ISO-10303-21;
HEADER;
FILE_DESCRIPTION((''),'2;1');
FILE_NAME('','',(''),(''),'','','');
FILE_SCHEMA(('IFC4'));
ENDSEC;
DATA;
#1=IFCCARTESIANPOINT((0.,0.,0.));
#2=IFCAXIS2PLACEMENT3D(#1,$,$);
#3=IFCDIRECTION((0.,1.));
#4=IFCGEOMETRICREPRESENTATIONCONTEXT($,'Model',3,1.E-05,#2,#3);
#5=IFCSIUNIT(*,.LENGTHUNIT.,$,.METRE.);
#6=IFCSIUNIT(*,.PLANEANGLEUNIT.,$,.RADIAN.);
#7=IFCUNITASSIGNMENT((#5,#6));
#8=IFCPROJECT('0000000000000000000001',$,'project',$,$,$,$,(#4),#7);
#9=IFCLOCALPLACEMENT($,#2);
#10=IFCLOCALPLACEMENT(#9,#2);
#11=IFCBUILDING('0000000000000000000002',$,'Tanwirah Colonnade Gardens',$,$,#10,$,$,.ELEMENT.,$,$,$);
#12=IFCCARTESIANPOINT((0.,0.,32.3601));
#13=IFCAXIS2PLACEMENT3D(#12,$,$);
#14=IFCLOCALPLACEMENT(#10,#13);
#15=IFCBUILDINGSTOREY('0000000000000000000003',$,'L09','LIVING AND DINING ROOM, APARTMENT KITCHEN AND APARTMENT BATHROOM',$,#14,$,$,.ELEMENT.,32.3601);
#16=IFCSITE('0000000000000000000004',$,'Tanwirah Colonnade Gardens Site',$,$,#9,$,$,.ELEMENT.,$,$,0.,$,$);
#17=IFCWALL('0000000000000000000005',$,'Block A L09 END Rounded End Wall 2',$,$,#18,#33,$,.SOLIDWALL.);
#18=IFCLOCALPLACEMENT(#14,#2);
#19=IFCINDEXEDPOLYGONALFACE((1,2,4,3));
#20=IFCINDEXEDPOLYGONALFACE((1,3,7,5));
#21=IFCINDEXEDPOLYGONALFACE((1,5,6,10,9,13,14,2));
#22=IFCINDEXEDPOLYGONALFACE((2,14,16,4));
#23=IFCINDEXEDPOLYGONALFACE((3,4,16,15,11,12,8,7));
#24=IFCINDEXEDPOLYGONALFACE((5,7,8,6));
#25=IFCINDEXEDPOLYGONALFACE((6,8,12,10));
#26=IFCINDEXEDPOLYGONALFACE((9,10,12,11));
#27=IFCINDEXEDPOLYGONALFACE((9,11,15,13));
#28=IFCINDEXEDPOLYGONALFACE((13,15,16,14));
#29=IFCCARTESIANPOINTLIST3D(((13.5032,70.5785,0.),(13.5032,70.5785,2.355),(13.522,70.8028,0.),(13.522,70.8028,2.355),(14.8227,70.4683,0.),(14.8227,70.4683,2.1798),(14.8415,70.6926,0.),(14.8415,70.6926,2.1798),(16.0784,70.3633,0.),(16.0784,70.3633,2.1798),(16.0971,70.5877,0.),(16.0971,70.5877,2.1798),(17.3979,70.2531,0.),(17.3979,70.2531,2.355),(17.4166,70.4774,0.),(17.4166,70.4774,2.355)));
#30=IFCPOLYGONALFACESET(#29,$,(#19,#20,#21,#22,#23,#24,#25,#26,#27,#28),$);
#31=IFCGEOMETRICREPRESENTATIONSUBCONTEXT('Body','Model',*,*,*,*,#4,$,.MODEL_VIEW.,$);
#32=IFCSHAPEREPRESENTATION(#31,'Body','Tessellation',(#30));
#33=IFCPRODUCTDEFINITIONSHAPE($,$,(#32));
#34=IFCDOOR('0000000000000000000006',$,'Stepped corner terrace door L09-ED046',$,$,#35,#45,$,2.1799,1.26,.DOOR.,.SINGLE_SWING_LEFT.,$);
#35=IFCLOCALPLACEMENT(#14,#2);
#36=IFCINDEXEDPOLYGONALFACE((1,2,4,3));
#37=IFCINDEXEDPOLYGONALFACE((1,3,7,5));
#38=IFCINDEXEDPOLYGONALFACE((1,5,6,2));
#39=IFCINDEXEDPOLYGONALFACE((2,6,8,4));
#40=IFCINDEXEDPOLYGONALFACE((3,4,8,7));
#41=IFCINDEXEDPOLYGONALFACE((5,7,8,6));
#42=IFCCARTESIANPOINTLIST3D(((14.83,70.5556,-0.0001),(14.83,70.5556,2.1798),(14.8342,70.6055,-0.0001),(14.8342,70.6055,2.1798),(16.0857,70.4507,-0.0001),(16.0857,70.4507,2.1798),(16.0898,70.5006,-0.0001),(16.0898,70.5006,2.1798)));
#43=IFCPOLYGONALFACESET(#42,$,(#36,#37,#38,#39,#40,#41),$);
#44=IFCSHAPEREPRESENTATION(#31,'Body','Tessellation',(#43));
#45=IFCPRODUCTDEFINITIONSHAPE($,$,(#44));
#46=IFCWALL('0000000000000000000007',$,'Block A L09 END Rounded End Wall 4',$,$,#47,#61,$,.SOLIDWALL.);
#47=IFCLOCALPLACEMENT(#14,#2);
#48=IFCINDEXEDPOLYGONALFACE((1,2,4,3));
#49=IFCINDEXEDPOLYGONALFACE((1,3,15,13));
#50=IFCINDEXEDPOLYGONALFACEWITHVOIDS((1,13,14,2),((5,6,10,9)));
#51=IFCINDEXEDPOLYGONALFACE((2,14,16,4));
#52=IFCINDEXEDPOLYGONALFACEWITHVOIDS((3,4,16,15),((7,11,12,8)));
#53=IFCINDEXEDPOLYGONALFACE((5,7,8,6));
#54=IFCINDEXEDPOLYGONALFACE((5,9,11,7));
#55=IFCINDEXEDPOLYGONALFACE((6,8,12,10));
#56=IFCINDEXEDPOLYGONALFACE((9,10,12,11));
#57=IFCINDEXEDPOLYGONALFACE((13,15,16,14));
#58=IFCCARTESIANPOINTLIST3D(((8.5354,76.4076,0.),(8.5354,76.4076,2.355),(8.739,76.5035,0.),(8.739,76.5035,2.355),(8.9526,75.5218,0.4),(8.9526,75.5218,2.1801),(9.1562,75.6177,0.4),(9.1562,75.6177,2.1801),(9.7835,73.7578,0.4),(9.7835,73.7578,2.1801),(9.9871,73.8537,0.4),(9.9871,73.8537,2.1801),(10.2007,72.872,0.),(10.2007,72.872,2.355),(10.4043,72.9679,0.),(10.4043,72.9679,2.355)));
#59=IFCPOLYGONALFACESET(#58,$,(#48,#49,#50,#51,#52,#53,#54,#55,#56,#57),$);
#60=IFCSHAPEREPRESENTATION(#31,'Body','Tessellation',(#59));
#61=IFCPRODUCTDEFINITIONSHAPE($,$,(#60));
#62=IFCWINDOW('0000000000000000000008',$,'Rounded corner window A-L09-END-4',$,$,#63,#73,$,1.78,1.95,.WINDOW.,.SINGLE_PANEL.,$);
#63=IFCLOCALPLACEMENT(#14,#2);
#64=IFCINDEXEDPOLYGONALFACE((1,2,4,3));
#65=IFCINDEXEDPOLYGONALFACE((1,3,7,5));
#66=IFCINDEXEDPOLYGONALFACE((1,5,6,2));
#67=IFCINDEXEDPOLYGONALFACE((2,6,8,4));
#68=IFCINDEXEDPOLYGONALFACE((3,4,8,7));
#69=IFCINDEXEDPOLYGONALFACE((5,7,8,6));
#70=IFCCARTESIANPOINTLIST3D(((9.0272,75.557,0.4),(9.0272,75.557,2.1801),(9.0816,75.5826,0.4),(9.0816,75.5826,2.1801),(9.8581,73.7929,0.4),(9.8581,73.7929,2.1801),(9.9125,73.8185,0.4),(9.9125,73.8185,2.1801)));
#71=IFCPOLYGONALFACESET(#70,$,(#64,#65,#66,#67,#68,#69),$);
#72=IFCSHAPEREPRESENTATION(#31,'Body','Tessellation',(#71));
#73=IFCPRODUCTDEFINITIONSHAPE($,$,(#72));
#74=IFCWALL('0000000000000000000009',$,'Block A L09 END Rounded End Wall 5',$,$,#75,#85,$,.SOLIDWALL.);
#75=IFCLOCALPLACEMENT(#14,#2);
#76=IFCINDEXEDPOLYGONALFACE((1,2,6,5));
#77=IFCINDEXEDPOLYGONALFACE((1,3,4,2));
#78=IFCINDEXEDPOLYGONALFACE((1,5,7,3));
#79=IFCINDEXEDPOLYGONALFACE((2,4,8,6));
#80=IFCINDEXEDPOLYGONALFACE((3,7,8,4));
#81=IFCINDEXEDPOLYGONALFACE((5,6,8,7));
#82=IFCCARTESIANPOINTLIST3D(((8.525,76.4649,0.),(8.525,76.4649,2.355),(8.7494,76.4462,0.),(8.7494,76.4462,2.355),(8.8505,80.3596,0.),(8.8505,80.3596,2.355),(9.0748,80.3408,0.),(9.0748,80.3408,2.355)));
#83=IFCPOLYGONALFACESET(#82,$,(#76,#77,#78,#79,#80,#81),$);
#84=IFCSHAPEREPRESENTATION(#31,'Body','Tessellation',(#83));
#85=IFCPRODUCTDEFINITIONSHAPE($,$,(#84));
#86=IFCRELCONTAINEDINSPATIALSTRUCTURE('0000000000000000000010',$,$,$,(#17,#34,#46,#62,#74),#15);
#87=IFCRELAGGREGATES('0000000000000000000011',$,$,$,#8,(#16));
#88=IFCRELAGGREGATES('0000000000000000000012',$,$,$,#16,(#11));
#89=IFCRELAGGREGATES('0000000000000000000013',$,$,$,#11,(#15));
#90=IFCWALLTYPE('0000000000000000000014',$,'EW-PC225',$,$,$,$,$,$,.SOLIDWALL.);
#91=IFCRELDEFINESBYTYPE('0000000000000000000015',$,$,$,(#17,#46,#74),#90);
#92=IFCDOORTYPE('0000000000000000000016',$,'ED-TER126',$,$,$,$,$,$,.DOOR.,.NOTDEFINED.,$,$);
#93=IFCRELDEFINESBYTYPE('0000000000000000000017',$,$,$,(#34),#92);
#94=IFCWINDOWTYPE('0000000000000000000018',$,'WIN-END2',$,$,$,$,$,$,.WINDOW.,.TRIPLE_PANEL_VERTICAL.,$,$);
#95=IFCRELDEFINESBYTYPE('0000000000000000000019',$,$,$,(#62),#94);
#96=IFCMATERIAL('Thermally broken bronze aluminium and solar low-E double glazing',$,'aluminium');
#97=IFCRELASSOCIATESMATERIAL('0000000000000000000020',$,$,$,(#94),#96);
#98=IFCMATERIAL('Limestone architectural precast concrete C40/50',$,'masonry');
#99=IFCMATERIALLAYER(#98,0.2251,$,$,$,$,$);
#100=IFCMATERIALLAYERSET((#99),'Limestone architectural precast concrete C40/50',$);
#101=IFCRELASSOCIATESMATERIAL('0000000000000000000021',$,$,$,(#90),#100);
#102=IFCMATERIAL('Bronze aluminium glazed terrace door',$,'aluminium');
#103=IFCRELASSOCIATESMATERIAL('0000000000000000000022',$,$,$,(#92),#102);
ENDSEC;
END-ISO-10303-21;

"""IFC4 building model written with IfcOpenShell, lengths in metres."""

from ifc_helpers import new_model, si_unit, direction, frame, frame_2d, origin, place, context, subcontext, project, spatial, rectangle, extrude, material, layer, layer_set, type_object, element, fill, save


model = new_model("IFC4")

# Units and contexts
model_context = context("Model", 3, precision=1e-05, world=origin(), true_north=direction((0.0, 1.0)))
body_context = subcontext(model_context, "Body", "Model", "MODEL_VIEW")
ifc_project = project(units=[si_unit("LENGTHUNIT", "METRE"), si_unit("PLANEANGLEUNIT", "RADIAN")], contexts=[model_context])

# Site, building, storey
site_placement = place(None, origin())
site = spatial("IfcSite", under=ifc_project, at=site_placement, Name="Tanwirah Colonnade Gardens Site", CompositionType="ELEMENT", RefElevation=0.0)
building_placement = place(site_placement, origin())
building = spatial("IfcBuilding", under=site, at=building_placement, Name="Tanwirah Colonnade Gardens", CompositionType="ELEMENT")
storey_placement = place(building_placement, frame((0.0, 0.0, 32.3601)))
storey = spatial("IfcBuildingStorey", under=building, at=storey_placement, Name="L09", Description="LIVING AND DINING ROOM, APARTMENT KITCHEN AND APARTMENT BATHROOM", CompositionType="ELEMENT", Elevation=32.3601)

# Shared definitions
ifc_material_1 = material(Name="Limestone architectural precast concrete C40/50", Category="masonry")
ifc_material_2 = material(Name="Thermally broken bronze aluminium and solar low-E double glazing", Category="aluminium")
window_type_1 = type_object("IfcWindowType", Name="WIN-END2", PartitioningType="TRIPLE_PANEL_VERTICAL", PredefinedType="WINDOW", material=ifc_material_2)
ifc_layer_1 = layer(ifc_material_1, 0.2251)
ifc_layer_set_1 = layer_set([ifc_layer_1], Name="Limestone architectural precast concrete C40/50")
wall_type_1 = type_object("IfcWallType", Name="EW-PC225", PredefinedType="SOLIDWALL", material=ifc_layer_set_1)

# Wall, opening, door
wall_1_placement = place(storey_placement, frame((17.4072, 70.3652, 0.0), z_axis=(0.0, 0.0, 1.0), x_axis=(-0.996527, 0.083273, 0.0)))
wall_1 = element("IfcWall", 1, at=wall_1_placement, inside=storey, type_object=wall_type_1, Name="Block A L09 END Rounded End Wall 2", PredefinedType="SOLIDWALL", context=body_context, shape_type="SweptSolid", body=[
    extrude(rectangle(XDim=3.9082, YDim=0.2251, at=frame_2d((1.9541, 0.0))), origin(), (0.0, 0.0, 1.0), 2.355),
])
opening_1_placement = place(wall_1_placement, frame((1.3242, 0.0, 0.0)))
opening_1 = element("IfcOpeningElement", 2, at=opening_1_placement, cuts=wall_1, PredefinedType="OPENING", context=body_context, shape_type="SweptSolid", body=[
    extrude(rectangle(XDim=1.26, YDim=2.1799, at=frame_2d((0.6299, 1.0898))), frame((0.0, 0.1226, 0.0), z_axis=(0.0, -1.0, 0.0), x_axis=(1.0, 0.0, 0.0)), (0.0, 0.0, 1.0), 0.2451),
])
ifc_material_3 = material(Name="Bronze aluminium glazed terrace door", Category="aluminium")
door_type = type_object("IfcDoorType", Name="ED-TER126", OperationType="NOTDEFINED", PredefinedType="DOOR", material=ifc_material_3)
door_placement = place(opening_1_placement, origin())
door = element("IfcDoor", 3, at=door_placement, inside=storey, type_object=door_type, Name="Stepped corner terrace door L09-ED046", OperationType="SINGLE_SWING_LEFT", OverallHeight=2.1799, OverallWidth=1.26, PredefinedType="DOOR", context=body_context, shape_type="SweptSolid", body=[
    extrude(rectangle(XDim=1.26, YDim=2.1799, at=frame_2d((0.6299, 1.0898))), frame((0.0, 0.0249, 0.0), z_axis=(0.0, -1.0, 0.0), x_axis=(1.0, 0.0, 0.0)), (0.0, 0.0, 1.0), 0.05),
])
fill(opening_1, door)

# Wall, opening, window
wall_2_placement = place(storey_placement, frame((10.3025, 72.9199, 0.0), z_axis=(0.0, 0.0, 1.0), x_axis=(-0.426101, 0.904676, 0.0)))
wall_2 = element("IfcWall", 4, at=wall_2_placement, inside=storey, type_object=wall_type_1, Name="Block A L09 END Rounded End Wall 4", PredefinedType="SOLIDWALL", context=body_context, shape_type="SweptSolid", body=[
    extrude(rectangle(XDim=3.9082, YDim=0.2251, at=frame_2d((1.9541, 0.0))), origin(), (0.0, 0.0, 1.0), 2.355),
])
opening_2_placement = place(wall_2_placement, frame((0.979, 0.0, 0.3999)))
opening_2 = element("IfcOpeningElement", 5, at=opening_2_placement, cuts=wall_2, PredefinedType="OPENING", context=body_context, shape_type="SweptSolid", body=[
    extrude(rectangle(XDim=1.95, YDim=1.78, at=frame_2d((0.9751, 0.8901))), frame((0.0, 0.1226, 0.0), z_axis=(0.0, -1.0, 0.0), x_axis=(1.0, 0.0, 0.0)), (0.0, 0.0, 1.0), 0.2451),
])
window_1_placement = place(opening_2_placement, origin())
window_1 = element("IfcWindow", 6, at=window_1_placement, inside=storey, type_object=window_type_1, Name="Rounded corner window A-L09-END-4", OverallHeight=1.78, OverallWidth=1.95, PartitioningType="SINGLE_PANEL", PredefinedType="WINDOW", context=body_context, shape_type="SweptSolid", body=[
    extrude(rectangle(XDim=1.95, YDim=1.78, at=frame_2d((0.9751, 0.8901))), frame((0.0, 0.03, 0.0), z_axis=(0.0, -1.0, 0.0), x_axis=(1.0, 0.0, 0.0)), (0.0, 0.0, 1.0), 0.0601),
])
fill(opening_2, window_1)

# Wall
wall_3_placement = place(storey_placement, frame((8.6372, 76.4556, 0.0), z_axis=(0.0, 0.0, 1.0), x_axis=(0.083273, 0.996527, 0.0)))
element("IfcWall", 7, at=wall_3_placement, inside=storey, type_object=wall_type_1, Name="Block A L09 END Rounded End Wall 5", PredefinedType="SOLIDWALL", context=body_context, shape_type="SweptSolid", body=[
    extrude(rectangle(XDim=3.9082, YDim=0.2251, at=frame_2d((1.9541, 0.0))), origin(), (0.0, 0.0, 1.0), 2.355),
])

save(model, "model.ifc")
